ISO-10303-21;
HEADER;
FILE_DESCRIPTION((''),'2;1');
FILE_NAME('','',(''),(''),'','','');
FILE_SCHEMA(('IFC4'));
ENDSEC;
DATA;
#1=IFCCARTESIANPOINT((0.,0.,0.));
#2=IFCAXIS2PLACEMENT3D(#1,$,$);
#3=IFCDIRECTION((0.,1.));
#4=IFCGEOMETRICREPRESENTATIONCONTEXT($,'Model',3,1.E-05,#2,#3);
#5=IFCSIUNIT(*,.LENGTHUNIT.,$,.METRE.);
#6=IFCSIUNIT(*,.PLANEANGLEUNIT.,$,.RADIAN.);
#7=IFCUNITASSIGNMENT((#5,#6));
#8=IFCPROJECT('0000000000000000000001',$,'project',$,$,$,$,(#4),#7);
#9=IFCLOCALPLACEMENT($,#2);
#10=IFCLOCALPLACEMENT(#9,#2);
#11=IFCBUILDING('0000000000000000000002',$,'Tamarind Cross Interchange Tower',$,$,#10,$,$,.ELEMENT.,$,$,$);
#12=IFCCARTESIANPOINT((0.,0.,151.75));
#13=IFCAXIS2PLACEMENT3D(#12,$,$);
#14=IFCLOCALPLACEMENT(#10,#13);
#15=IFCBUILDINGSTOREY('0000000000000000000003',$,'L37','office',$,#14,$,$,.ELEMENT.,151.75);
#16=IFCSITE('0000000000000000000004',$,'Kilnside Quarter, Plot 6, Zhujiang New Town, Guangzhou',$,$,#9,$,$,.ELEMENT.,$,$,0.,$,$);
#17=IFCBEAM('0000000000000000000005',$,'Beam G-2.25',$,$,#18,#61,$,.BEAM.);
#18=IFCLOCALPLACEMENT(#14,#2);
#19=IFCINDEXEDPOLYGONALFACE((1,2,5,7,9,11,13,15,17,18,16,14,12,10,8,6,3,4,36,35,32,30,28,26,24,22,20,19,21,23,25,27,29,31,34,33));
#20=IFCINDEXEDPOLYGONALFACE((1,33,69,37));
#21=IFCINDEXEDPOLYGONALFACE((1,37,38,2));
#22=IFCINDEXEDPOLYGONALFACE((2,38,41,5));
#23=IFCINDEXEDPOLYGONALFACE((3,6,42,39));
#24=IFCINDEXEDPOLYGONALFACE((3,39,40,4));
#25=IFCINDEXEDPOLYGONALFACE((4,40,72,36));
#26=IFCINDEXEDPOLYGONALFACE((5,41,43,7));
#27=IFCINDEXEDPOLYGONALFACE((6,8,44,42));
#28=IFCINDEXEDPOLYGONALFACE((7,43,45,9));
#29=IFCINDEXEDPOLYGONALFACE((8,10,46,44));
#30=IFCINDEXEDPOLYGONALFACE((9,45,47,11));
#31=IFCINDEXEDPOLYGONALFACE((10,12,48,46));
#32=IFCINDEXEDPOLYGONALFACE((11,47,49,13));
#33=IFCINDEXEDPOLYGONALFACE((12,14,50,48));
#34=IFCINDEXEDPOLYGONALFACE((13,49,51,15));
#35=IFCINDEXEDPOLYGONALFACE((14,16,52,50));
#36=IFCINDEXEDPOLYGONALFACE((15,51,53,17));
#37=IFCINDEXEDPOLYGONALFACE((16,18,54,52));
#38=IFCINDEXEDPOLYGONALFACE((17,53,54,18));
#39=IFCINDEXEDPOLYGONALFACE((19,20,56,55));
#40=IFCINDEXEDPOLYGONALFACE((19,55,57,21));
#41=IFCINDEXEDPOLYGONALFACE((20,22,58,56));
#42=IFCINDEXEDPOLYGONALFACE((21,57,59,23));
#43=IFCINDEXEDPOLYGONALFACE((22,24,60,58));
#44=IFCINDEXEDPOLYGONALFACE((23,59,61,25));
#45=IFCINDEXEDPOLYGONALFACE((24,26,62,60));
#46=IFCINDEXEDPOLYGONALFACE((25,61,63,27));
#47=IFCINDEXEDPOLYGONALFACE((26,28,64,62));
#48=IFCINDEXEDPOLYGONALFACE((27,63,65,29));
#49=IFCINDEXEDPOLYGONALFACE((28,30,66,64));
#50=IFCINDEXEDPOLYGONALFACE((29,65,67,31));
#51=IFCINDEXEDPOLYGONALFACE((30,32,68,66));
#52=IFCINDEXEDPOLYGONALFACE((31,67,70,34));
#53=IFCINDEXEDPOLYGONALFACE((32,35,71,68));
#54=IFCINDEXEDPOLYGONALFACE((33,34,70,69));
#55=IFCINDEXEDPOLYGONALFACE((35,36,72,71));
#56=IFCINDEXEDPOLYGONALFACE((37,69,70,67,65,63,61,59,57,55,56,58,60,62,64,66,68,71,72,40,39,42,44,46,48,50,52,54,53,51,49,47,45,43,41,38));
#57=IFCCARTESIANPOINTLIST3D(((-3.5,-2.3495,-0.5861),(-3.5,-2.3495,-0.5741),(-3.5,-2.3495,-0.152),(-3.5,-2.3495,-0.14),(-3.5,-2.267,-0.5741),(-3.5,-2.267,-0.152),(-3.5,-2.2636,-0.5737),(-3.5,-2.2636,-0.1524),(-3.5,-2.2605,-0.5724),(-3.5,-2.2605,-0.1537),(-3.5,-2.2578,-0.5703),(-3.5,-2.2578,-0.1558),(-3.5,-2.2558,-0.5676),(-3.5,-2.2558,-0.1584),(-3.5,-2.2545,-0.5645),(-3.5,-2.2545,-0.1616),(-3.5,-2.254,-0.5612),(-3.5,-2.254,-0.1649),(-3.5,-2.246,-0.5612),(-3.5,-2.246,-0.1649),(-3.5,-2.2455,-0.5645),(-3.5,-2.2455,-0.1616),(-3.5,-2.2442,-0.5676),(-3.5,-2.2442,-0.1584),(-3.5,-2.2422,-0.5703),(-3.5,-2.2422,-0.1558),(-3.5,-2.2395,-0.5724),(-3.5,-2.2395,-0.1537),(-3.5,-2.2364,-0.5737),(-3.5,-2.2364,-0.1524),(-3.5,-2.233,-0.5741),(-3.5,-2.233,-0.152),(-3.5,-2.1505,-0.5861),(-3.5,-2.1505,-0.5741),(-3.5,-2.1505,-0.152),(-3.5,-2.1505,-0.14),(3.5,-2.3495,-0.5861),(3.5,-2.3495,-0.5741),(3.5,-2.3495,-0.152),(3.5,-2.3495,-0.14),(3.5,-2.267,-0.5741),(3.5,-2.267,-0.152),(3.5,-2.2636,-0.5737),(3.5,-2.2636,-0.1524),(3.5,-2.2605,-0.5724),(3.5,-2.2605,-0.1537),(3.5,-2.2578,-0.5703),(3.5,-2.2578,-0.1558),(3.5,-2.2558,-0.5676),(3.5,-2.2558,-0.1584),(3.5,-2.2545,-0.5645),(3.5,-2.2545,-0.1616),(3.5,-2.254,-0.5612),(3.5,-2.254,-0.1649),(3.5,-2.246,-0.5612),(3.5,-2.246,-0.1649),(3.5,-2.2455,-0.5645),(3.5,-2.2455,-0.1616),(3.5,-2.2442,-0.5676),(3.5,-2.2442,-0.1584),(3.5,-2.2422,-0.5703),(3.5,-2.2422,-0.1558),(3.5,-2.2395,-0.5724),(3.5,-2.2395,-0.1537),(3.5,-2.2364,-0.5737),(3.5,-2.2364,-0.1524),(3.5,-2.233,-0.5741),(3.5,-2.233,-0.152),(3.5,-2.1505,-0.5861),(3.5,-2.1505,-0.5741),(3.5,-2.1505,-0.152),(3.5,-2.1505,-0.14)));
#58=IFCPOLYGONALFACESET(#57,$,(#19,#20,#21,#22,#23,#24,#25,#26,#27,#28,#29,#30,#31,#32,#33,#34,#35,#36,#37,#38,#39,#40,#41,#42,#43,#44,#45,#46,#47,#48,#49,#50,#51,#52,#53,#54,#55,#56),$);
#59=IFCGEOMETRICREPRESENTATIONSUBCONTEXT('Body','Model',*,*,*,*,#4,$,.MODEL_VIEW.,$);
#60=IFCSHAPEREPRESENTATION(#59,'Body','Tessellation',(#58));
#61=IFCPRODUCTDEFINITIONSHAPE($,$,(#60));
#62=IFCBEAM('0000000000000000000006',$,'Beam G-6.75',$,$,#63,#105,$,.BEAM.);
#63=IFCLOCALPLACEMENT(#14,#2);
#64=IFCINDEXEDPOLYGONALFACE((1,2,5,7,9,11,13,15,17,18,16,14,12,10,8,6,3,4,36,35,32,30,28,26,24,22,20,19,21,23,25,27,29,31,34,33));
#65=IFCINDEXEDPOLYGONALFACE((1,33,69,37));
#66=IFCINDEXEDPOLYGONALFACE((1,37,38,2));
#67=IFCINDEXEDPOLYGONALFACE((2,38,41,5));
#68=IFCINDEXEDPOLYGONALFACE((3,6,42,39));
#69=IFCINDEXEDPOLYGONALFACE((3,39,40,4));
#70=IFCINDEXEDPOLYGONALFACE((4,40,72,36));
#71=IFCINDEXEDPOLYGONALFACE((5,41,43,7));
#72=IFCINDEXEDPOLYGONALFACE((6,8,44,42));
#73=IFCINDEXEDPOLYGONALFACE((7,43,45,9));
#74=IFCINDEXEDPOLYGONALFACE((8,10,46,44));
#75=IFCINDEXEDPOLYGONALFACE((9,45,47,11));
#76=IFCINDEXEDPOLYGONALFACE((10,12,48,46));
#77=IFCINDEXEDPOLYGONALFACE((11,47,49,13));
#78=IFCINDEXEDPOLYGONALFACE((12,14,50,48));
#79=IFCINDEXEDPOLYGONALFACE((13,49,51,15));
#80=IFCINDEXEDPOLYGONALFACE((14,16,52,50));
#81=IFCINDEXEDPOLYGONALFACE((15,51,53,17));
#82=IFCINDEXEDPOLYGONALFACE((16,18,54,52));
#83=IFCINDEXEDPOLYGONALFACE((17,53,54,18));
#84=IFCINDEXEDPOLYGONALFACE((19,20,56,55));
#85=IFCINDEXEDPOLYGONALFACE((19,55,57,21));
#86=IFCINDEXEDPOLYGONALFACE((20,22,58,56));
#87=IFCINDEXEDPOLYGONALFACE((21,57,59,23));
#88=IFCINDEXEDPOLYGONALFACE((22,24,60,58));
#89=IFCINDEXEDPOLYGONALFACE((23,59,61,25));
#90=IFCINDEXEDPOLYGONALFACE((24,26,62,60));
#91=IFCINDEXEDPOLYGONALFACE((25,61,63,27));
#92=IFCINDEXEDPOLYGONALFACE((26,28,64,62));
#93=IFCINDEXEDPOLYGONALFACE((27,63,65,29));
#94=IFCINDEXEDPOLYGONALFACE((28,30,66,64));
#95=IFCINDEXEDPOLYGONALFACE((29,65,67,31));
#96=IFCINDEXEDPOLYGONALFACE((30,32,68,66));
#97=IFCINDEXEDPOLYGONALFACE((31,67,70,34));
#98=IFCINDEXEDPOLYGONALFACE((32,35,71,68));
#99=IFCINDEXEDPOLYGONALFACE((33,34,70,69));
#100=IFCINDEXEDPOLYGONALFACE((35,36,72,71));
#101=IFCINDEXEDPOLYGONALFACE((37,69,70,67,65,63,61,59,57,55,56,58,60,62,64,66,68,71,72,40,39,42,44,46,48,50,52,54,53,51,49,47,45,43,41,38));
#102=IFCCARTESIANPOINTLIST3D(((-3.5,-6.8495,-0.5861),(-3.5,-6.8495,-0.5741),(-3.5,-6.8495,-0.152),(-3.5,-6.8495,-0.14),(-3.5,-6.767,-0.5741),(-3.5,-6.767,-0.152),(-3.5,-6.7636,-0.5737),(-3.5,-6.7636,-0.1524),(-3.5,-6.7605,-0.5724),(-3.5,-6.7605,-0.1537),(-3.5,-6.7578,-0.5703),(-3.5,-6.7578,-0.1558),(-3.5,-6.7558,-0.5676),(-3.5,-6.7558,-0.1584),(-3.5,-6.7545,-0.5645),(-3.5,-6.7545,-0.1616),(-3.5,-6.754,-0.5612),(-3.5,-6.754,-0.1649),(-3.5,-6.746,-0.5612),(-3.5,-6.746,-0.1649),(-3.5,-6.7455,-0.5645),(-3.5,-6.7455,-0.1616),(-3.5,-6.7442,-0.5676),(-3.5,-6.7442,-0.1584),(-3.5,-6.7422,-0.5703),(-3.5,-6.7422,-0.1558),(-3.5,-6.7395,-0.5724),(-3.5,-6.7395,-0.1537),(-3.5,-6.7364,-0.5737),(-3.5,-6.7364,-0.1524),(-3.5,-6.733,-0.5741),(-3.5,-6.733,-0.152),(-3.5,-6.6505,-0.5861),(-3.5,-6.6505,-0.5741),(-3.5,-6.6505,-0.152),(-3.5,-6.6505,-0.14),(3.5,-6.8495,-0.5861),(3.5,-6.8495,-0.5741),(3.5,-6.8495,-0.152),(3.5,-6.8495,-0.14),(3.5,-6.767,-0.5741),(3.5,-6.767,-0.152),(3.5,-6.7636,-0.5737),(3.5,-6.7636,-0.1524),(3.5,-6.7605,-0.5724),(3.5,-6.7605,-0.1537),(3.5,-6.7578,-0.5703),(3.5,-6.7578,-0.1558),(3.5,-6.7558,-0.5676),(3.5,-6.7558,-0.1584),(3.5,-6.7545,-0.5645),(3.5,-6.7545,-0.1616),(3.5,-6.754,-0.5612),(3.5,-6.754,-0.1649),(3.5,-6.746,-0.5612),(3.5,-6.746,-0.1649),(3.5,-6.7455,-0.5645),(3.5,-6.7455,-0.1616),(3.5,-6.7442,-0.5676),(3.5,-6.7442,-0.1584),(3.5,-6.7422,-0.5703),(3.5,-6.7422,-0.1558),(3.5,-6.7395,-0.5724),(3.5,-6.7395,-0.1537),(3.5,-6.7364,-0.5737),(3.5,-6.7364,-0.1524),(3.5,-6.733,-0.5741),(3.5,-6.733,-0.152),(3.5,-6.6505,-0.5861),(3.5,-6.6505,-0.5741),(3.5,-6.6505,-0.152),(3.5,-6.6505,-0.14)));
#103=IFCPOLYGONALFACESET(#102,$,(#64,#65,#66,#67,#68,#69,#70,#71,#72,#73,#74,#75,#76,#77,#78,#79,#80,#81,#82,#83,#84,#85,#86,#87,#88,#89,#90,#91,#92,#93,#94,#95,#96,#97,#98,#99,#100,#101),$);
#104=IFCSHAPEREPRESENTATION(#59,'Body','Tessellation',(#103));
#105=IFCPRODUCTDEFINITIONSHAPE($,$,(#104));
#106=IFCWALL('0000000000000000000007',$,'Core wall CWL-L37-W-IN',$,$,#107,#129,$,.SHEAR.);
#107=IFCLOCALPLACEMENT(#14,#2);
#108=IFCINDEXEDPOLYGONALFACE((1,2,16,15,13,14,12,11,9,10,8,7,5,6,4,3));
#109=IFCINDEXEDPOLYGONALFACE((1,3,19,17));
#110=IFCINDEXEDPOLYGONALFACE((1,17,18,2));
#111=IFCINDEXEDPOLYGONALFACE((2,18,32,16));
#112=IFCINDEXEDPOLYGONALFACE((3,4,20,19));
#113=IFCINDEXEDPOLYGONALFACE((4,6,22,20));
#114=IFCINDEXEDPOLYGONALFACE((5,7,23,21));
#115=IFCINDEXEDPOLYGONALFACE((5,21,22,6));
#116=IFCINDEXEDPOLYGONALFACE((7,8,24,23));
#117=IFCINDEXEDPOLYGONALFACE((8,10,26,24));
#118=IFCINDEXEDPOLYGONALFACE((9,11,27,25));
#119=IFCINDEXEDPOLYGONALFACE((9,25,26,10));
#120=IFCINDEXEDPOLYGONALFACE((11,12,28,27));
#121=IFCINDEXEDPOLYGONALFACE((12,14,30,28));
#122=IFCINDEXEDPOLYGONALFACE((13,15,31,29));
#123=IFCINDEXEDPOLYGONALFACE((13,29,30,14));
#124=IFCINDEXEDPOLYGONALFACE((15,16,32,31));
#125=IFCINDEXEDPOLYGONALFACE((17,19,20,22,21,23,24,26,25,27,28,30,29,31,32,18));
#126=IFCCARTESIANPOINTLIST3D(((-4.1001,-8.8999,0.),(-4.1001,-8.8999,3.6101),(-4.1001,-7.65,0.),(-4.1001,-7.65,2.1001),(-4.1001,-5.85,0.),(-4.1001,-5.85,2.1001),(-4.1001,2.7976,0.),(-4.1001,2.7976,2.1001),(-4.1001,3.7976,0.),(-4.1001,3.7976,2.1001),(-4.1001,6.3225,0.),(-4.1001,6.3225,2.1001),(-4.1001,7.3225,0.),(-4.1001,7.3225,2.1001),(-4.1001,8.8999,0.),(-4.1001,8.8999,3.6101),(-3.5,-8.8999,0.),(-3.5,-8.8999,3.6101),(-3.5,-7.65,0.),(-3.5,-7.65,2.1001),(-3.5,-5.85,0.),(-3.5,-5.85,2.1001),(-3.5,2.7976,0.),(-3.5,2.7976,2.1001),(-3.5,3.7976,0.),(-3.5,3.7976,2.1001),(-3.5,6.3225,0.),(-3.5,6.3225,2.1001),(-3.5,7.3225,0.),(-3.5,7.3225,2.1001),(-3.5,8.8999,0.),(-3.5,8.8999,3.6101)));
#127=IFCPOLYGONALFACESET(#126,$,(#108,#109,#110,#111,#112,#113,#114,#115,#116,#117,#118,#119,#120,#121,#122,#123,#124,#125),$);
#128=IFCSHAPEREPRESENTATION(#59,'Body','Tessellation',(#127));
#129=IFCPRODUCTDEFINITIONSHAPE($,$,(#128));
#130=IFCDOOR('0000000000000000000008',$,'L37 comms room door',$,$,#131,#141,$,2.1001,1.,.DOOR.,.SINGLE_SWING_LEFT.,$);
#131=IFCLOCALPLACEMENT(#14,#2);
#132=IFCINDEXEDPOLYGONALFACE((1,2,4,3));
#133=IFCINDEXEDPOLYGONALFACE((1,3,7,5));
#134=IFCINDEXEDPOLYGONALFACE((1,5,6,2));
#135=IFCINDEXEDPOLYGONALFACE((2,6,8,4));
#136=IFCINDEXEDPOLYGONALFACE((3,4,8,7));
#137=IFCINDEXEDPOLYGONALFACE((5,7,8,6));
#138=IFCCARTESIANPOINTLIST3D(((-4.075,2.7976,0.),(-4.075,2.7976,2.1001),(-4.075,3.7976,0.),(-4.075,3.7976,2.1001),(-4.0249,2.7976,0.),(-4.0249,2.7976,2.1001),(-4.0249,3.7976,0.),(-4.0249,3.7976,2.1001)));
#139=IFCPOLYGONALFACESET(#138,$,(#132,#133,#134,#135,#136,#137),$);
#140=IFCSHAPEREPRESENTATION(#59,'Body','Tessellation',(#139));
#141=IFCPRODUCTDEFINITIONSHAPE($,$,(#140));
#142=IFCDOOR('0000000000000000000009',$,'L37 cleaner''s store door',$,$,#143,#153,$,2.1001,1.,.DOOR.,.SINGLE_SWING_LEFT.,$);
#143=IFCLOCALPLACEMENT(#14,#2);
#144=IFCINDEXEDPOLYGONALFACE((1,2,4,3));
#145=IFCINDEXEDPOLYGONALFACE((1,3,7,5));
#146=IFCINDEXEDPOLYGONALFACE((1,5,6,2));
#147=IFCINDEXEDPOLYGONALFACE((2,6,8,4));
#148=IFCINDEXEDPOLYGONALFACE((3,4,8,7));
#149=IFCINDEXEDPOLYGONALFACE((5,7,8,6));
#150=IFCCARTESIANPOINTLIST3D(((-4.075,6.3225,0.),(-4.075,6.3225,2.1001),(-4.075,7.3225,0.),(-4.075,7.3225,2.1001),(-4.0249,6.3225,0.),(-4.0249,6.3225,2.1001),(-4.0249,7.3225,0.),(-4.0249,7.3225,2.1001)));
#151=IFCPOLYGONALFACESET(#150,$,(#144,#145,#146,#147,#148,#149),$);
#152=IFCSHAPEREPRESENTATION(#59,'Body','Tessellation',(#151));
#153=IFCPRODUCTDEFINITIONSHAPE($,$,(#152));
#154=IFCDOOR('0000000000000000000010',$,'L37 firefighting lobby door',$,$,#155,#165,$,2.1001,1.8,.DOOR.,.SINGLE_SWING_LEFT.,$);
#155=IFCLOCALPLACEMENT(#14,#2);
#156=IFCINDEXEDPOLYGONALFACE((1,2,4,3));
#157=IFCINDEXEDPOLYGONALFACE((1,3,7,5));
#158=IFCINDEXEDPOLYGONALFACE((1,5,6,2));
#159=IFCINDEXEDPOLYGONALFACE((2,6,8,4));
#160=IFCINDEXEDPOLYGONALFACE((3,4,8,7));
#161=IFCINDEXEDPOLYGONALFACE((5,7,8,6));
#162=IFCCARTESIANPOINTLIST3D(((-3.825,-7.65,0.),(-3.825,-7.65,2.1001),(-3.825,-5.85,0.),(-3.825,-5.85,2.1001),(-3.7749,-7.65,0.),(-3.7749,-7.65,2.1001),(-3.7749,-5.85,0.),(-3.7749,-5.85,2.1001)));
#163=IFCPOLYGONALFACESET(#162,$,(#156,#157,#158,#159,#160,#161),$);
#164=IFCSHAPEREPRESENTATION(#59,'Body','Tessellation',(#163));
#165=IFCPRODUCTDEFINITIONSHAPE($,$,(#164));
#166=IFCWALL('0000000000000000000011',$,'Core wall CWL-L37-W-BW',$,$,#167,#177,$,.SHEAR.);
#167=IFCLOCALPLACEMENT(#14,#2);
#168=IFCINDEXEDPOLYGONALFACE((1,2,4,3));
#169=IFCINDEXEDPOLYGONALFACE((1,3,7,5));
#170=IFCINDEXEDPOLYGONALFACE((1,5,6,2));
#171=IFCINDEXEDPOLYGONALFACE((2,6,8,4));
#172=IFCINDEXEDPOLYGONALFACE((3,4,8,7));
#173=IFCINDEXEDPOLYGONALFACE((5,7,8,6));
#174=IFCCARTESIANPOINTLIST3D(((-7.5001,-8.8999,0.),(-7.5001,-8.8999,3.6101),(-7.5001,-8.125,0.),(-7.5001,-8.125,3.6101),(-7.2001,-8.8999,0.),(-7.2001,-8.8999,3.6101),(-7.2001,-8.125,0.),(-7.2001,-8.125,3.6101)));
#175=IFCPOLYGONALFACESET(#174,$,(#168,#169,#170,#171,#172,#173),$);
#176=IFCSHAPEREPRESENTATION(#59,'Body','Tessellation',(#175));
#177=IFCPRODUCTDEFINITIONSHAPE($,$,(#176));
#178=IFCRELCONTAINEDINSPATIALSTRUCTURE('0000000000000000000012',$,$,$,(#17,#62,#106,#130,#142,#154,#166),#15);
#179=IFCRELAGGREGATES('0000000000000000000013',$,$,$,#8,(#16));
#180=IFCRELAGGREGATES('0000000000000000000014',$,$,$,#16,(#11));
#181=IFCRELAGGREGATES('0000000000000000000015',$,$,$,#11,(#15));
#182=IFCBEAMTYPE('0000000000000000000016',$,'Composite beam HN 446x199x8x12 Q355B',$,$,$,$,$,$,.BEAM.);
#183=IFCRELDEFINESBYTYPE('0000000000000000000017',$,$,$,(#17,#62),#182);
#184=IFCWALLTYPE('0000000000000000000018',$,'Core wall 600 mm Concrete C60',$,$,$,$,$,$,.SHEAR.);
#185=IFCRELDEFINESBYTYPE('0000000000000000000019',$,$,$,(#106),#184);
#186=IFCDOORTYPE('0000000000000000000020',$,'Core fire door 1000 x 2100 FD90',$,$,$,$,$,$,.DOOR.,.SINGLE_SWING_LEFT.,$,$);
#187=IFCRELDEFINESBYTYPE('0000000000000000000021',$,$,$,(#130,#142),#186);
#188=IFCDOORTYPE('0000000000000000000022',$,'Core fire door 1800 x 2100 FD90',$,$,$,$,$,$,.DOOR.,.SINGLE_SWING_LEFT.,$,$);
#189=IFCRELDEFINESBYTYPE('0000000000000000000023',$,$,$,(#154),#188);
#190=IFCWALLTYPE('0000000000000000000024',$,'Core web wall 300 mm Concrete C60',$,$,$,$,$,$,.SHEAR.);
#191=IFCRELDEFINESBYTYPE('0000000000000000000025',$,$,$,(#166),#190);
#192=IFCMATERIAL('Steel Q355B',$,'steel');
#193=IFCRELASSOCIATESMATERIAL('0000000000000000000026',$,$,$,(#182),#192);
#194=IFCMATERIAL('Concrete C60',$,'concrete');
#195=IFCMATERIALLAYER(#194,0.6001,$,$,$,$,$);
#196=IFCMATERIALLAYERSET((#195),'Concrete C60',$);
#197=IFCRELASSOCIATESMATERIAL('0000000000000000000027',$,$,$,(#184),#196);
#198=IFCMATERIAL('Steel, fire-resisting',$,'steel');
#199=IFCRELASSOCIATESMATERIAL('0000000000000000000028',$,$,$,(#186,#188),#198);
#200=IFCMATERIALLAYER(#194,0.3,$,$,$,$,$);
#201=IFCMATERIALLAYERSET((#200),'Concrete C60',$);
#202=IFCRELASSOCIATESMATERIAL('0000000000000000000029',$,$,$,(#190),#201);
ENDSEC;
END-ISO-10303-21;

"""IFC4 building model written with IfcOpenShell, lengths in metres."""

from ifc_helpers import new_model, si_unit, direction, frame, frame_2d, origin, origin_2d, place, context, subcontext, project, spatial, rectangle, i_section, extrude, material, layer, layer_set, material_profile, profile_set, type_object, element, fill, save


model = new_model("IFC4")

# Units and contexts
model_context = context("Model", 3, precision=1e-05, world=origin(), true_north=direction((0.0, 1.0)))
body_context = subcontext(model_context, "Body", "Model", "MODEL_VIEW")
ifc_project = project(units=[si_unit("LENGTHUNIT", "METRE"), si_unit("PLANEANGLEUNIT", "RADIAN")], contexts=[model_context])

# Site, building, storey
site_placement = place(None, origin())
site = spatial("IfcSite", under=ifc_project, at=site_placement, Name="Kilnside Quarter, Plot 6, Zhujiang New Town, Guangzhou", CompositionType="ELEMENT", RefElevation=0.0)
building_placement = place(site_placement, origin())
building = spatial("IfcBuilding", under=site, at=building_placement, Name="Tamarind Cross Interchange Tower", CompositionType="ELEMENT")
storey_placement = place(building_placement, frame((0.0, 0.0, 151.75)))
storey = spatial("IfcBuildingStorey", under=building, at=storey_placement, Name="L37", Description="office", CompositionType="ELEMENT", Elevation=151.75)

# Beams
ifc_material_1 = material(Name="Steel Q355B", Category="steel")
ifc_material_profile = material_profile(ifc_material_1, i_section(OverallWidth=0.199, OverallDepth=0.446, WebThickness=0.0081, FlangeThickness=0.012, FilletRadius=0.0129, at=origin_2d()), Name="HN 446x199x8x12")
ifc_profile_set = profile_set([ifc_material_profile], Name="Steel Q355B")
beam_type = type_object("IfcBeamType", Name="Composite beam HN 446x199x8x12 Q355B", PredefinedType="BEAM", material=ifc_profile_set)
for number, where, z_axis, x_axis, name in (
    (1, (-3.5, -2.25, -0.363), (1.0, 0.0, 0.0), (0.0, 1.0, 0.0), "Beam G-2.25"),
    (2, (-3.5, -6.75, -0.363), (1.0, 0.0, 0.0), (0.0, 1.0, 0.0), "Beam G-6.75"),
):
    element("IfcBeam", number, at=place(storey_placement, frame(where, z_axis=z_axis, x_axis=x_axis)), inside=storey, type_object=beam_type, Name=name, PredefinedType="BEAM", context=body_context, shape_type="SweptSolid", body=[
        extrude(i_section(OverallWidth=0.199, OverallDepth=0.446, WebThickness=0.0081, FlangeThickness=0.012, FilletRadius=0.0129, at=origin_2d()), origin(), (0.0, 0.0, 1.0), 7.0),
    ])

# Wall, openings, doors
ifc_material_2 = material(Name="Concrete C60", Category="concrete")
ifc_layer_1 = layer(ifc_material_2, 0.6001)
ifc_layer_set_1 = layer_set([ifc_layer_1], Name="Concrete C60")
wall_type_1 = type_object("IfcWallType", Name="Core wall 600 mm Concrete C60", PredefinedType="SHEAR", material=ifc_layer_set_1)
wall_1_placement = place(storey_placement, frame((-3.8, -8.8999, 0.0), z_axis=(0.0, 0.0, 1.0), x_axis=(0.0, 1.0, 0.0)))
wall_1 = element("IfcWall", 3, at=wall_1_placement, inside=storey, type_object=wall_type_1, Name="Core wall CWL-L37-W-IN", PredefinedType="SHEAR", context=body_context, shape_type="SweptSolid", body=[
    extrude(rectangle(XDim=17.7998, YDim=0.6001, at=frame_2d((8.8999, 0.0))), origin(), (0.0, 0.0, 1.0), 3.6101),
])
opening_1_placement = place(wall_1_placement, frame((1.25, 0.0, 0.0)))
opening_1 = element("IfcOpeningElement", 4, at=opening_1_placement, cuts=wall_1, PredefinedType="OPENING", context=body_context, shape_type="SweptSolid", body=[
    extrude(rectangle(XDim=1.8, YDim=2.1001, at=frame_2d((0.8999, 1.05))), frame((0.0, 0.3101, 0.0), z_axis=(0.0, -1.0, 0.0), x_axis=(1.0, 0.0, 0.0)), (0.0, 0.0, 1.0), 0.6201),
])
opening_2_placement = place(wall_1_placement, frame((11.6975, 0.0, 0.0)))
opening_2 = element("IfcOpeningElement", 5, at=opening_2_placement, cuts=wall_1, PredefinedType="OPENING", context=body_context, shape_type="SweptSolid", body=[
    extrude(rectangle(XDim=1.0, YDim=2.1001, at=frame_2d((0.5, 1.05))), frame((0.0, 0.3101, 0.0), z_axis=(0.0, -1.0, 0.0), x_axis=(1.0, 0.0, 0.0)), (0.0, 0.0, 1.0), 0.6201),
])
opening_3_placement = place(wall_1_placement, frame((15.2224, 0.0, 0.0)))
opening_3 = element("IfcOpeningElement", 6, at=opening_3_placement, cuts=wall_1, PredefinedType="OPENING", context=body_context, shape_type="SweptSolid", body=[
    extrude(rectangle(XDim=1.0, YDim=2.1001, at=frame_2d((0.5, 1.05))), frame((0.0, 0.3101, 0.0), z_axis=(0.0, -1.0, 0.0), x_axis=(1.0, 0.0, 0.0)), (0.0, 0.0, 1.0), 0.6201),
])
ifc_material_3 = material(Name="Steel, fire-resisting", Category="steel")
door_type_1 = type_object("IfcDoorType", Name="Core fire door 1000 x 2100 FD90", OperationType="SINGLE_SWING_LEFT", PredefinedType="DOOR", material=ifc_material_3)
door_1_placement = place(opening_2_placement, origin())
door_1 = element("IfcDoor", 7, at=door_1_placement, inside=storey, type_object=door_type_1, Name="L37 comms room door", OperationType="SINGLE_SWING_LEFT", OverallHeight=2.1001, OverallWidth=1.0, PredefinedType="DOOR", context=body_context, shape_type="SweptSolid", body=[
    extrude(rectangle(XDim=1.0, YDim=2.1001, at=frame_2d((0.5, 1.05))), frame((0.0, 0.2749, 0.0), z_axis=(0.0, -1.0, 0.0), x_axis=(1.0, 0.0, 0.0)), (0.0, 0.0, 1.0), 0.05),
])
fill(opening_2, door_1)
door_2_placement = place(opening_3_placement, origin())
door_2 = element("IfcDoor", 8, at=door_2_placement, inside=storey, type_object=door_type_1, Name="L37 cleaner's store door", OperationType="SINGLE_SWING_LEFT", OverallHeight=2.1001, OverallWidth=1.0, PredefinedType="DOOR", context=body_context, shape_type="SweptSolid", body=[
    extrude(rectangle(XDim=1.0, YDim=2.1001, at=frame_2d((0.5, 1.05))), frame((0.0, 0.2749, 0.0), z_axis=(0.0, -1.0, 0.0), x_axis=(1.0, 0.0, 0.0)), (0.0, 0.0, 1.0), 0.05),
])
fill(opening_3, door_2)
door_type_2 = type_object("IfcDoorType", Name="Core fire door 1800 x 2100 FD90", OperationType="SINGLE_SWING_LEFT", PredefinedType="DOOR", material=ifc_material_3)
door_3_placement = place(opening_1_placement, origin())
door_3 = element("IfcDoor", 9, at=door_3_placement, inside=storey, type_object=door_type_2, Name="L37 firefighting lobby door", OperationType="SINGLE_SWING_LEFT", OverallHeight=2.1001, OverallWidth=1.8, PredefinedType="DOOR", context=body_context, shape_type="SweptSolid", body=[
    extrude(rectangle(XDim=1.8, YDim=2.1001, at=frame_2d((0.8999, 1.05))), frame((0.0, 0.0249, 0.0), z_axis=(0.0, -1.0, 0.0), x_axis=(1.0, 0.0, 0.0)), (0.0, 0.0, 1.0), 0.05),
])
fill(opening_1, door_3)

# Wall
ifc_layer_2 = layer(ifc_material_2, 0.3)
ifc_layer_set_2 = layer_set([ifc_layer_2], Name="Concrete C60")
wall_type_2 = type_object("IfcWallType", Name="Core web wall 300 mm Concrete C60", PredefinedType="SHEAR", material=ifc_layer_set_2)
wall_2_placement = place(storey_placement, frame((-7.3501, -8.8999, 0.0), z_axis=(0.0, 0.0, 1.0), x_axis=(0.0, 1.0, 0.0)))
element("IfcWall", 10, at=wall_2_placement, inside=storey, type_object=wall_type_2, Name="Core wall CWL-L37-W-BW", PredefinedType="SHEAR", context=body_context, shape_type="SweptSolid", body=[
    extrude(rectangle(XDim=0.7749, YDim=0.3, at=frame_2d((0.3875, 0.0))), origin(), (0.0, 0.0, 1.0), 3.6101),
])

save(model, "model.ifc")
